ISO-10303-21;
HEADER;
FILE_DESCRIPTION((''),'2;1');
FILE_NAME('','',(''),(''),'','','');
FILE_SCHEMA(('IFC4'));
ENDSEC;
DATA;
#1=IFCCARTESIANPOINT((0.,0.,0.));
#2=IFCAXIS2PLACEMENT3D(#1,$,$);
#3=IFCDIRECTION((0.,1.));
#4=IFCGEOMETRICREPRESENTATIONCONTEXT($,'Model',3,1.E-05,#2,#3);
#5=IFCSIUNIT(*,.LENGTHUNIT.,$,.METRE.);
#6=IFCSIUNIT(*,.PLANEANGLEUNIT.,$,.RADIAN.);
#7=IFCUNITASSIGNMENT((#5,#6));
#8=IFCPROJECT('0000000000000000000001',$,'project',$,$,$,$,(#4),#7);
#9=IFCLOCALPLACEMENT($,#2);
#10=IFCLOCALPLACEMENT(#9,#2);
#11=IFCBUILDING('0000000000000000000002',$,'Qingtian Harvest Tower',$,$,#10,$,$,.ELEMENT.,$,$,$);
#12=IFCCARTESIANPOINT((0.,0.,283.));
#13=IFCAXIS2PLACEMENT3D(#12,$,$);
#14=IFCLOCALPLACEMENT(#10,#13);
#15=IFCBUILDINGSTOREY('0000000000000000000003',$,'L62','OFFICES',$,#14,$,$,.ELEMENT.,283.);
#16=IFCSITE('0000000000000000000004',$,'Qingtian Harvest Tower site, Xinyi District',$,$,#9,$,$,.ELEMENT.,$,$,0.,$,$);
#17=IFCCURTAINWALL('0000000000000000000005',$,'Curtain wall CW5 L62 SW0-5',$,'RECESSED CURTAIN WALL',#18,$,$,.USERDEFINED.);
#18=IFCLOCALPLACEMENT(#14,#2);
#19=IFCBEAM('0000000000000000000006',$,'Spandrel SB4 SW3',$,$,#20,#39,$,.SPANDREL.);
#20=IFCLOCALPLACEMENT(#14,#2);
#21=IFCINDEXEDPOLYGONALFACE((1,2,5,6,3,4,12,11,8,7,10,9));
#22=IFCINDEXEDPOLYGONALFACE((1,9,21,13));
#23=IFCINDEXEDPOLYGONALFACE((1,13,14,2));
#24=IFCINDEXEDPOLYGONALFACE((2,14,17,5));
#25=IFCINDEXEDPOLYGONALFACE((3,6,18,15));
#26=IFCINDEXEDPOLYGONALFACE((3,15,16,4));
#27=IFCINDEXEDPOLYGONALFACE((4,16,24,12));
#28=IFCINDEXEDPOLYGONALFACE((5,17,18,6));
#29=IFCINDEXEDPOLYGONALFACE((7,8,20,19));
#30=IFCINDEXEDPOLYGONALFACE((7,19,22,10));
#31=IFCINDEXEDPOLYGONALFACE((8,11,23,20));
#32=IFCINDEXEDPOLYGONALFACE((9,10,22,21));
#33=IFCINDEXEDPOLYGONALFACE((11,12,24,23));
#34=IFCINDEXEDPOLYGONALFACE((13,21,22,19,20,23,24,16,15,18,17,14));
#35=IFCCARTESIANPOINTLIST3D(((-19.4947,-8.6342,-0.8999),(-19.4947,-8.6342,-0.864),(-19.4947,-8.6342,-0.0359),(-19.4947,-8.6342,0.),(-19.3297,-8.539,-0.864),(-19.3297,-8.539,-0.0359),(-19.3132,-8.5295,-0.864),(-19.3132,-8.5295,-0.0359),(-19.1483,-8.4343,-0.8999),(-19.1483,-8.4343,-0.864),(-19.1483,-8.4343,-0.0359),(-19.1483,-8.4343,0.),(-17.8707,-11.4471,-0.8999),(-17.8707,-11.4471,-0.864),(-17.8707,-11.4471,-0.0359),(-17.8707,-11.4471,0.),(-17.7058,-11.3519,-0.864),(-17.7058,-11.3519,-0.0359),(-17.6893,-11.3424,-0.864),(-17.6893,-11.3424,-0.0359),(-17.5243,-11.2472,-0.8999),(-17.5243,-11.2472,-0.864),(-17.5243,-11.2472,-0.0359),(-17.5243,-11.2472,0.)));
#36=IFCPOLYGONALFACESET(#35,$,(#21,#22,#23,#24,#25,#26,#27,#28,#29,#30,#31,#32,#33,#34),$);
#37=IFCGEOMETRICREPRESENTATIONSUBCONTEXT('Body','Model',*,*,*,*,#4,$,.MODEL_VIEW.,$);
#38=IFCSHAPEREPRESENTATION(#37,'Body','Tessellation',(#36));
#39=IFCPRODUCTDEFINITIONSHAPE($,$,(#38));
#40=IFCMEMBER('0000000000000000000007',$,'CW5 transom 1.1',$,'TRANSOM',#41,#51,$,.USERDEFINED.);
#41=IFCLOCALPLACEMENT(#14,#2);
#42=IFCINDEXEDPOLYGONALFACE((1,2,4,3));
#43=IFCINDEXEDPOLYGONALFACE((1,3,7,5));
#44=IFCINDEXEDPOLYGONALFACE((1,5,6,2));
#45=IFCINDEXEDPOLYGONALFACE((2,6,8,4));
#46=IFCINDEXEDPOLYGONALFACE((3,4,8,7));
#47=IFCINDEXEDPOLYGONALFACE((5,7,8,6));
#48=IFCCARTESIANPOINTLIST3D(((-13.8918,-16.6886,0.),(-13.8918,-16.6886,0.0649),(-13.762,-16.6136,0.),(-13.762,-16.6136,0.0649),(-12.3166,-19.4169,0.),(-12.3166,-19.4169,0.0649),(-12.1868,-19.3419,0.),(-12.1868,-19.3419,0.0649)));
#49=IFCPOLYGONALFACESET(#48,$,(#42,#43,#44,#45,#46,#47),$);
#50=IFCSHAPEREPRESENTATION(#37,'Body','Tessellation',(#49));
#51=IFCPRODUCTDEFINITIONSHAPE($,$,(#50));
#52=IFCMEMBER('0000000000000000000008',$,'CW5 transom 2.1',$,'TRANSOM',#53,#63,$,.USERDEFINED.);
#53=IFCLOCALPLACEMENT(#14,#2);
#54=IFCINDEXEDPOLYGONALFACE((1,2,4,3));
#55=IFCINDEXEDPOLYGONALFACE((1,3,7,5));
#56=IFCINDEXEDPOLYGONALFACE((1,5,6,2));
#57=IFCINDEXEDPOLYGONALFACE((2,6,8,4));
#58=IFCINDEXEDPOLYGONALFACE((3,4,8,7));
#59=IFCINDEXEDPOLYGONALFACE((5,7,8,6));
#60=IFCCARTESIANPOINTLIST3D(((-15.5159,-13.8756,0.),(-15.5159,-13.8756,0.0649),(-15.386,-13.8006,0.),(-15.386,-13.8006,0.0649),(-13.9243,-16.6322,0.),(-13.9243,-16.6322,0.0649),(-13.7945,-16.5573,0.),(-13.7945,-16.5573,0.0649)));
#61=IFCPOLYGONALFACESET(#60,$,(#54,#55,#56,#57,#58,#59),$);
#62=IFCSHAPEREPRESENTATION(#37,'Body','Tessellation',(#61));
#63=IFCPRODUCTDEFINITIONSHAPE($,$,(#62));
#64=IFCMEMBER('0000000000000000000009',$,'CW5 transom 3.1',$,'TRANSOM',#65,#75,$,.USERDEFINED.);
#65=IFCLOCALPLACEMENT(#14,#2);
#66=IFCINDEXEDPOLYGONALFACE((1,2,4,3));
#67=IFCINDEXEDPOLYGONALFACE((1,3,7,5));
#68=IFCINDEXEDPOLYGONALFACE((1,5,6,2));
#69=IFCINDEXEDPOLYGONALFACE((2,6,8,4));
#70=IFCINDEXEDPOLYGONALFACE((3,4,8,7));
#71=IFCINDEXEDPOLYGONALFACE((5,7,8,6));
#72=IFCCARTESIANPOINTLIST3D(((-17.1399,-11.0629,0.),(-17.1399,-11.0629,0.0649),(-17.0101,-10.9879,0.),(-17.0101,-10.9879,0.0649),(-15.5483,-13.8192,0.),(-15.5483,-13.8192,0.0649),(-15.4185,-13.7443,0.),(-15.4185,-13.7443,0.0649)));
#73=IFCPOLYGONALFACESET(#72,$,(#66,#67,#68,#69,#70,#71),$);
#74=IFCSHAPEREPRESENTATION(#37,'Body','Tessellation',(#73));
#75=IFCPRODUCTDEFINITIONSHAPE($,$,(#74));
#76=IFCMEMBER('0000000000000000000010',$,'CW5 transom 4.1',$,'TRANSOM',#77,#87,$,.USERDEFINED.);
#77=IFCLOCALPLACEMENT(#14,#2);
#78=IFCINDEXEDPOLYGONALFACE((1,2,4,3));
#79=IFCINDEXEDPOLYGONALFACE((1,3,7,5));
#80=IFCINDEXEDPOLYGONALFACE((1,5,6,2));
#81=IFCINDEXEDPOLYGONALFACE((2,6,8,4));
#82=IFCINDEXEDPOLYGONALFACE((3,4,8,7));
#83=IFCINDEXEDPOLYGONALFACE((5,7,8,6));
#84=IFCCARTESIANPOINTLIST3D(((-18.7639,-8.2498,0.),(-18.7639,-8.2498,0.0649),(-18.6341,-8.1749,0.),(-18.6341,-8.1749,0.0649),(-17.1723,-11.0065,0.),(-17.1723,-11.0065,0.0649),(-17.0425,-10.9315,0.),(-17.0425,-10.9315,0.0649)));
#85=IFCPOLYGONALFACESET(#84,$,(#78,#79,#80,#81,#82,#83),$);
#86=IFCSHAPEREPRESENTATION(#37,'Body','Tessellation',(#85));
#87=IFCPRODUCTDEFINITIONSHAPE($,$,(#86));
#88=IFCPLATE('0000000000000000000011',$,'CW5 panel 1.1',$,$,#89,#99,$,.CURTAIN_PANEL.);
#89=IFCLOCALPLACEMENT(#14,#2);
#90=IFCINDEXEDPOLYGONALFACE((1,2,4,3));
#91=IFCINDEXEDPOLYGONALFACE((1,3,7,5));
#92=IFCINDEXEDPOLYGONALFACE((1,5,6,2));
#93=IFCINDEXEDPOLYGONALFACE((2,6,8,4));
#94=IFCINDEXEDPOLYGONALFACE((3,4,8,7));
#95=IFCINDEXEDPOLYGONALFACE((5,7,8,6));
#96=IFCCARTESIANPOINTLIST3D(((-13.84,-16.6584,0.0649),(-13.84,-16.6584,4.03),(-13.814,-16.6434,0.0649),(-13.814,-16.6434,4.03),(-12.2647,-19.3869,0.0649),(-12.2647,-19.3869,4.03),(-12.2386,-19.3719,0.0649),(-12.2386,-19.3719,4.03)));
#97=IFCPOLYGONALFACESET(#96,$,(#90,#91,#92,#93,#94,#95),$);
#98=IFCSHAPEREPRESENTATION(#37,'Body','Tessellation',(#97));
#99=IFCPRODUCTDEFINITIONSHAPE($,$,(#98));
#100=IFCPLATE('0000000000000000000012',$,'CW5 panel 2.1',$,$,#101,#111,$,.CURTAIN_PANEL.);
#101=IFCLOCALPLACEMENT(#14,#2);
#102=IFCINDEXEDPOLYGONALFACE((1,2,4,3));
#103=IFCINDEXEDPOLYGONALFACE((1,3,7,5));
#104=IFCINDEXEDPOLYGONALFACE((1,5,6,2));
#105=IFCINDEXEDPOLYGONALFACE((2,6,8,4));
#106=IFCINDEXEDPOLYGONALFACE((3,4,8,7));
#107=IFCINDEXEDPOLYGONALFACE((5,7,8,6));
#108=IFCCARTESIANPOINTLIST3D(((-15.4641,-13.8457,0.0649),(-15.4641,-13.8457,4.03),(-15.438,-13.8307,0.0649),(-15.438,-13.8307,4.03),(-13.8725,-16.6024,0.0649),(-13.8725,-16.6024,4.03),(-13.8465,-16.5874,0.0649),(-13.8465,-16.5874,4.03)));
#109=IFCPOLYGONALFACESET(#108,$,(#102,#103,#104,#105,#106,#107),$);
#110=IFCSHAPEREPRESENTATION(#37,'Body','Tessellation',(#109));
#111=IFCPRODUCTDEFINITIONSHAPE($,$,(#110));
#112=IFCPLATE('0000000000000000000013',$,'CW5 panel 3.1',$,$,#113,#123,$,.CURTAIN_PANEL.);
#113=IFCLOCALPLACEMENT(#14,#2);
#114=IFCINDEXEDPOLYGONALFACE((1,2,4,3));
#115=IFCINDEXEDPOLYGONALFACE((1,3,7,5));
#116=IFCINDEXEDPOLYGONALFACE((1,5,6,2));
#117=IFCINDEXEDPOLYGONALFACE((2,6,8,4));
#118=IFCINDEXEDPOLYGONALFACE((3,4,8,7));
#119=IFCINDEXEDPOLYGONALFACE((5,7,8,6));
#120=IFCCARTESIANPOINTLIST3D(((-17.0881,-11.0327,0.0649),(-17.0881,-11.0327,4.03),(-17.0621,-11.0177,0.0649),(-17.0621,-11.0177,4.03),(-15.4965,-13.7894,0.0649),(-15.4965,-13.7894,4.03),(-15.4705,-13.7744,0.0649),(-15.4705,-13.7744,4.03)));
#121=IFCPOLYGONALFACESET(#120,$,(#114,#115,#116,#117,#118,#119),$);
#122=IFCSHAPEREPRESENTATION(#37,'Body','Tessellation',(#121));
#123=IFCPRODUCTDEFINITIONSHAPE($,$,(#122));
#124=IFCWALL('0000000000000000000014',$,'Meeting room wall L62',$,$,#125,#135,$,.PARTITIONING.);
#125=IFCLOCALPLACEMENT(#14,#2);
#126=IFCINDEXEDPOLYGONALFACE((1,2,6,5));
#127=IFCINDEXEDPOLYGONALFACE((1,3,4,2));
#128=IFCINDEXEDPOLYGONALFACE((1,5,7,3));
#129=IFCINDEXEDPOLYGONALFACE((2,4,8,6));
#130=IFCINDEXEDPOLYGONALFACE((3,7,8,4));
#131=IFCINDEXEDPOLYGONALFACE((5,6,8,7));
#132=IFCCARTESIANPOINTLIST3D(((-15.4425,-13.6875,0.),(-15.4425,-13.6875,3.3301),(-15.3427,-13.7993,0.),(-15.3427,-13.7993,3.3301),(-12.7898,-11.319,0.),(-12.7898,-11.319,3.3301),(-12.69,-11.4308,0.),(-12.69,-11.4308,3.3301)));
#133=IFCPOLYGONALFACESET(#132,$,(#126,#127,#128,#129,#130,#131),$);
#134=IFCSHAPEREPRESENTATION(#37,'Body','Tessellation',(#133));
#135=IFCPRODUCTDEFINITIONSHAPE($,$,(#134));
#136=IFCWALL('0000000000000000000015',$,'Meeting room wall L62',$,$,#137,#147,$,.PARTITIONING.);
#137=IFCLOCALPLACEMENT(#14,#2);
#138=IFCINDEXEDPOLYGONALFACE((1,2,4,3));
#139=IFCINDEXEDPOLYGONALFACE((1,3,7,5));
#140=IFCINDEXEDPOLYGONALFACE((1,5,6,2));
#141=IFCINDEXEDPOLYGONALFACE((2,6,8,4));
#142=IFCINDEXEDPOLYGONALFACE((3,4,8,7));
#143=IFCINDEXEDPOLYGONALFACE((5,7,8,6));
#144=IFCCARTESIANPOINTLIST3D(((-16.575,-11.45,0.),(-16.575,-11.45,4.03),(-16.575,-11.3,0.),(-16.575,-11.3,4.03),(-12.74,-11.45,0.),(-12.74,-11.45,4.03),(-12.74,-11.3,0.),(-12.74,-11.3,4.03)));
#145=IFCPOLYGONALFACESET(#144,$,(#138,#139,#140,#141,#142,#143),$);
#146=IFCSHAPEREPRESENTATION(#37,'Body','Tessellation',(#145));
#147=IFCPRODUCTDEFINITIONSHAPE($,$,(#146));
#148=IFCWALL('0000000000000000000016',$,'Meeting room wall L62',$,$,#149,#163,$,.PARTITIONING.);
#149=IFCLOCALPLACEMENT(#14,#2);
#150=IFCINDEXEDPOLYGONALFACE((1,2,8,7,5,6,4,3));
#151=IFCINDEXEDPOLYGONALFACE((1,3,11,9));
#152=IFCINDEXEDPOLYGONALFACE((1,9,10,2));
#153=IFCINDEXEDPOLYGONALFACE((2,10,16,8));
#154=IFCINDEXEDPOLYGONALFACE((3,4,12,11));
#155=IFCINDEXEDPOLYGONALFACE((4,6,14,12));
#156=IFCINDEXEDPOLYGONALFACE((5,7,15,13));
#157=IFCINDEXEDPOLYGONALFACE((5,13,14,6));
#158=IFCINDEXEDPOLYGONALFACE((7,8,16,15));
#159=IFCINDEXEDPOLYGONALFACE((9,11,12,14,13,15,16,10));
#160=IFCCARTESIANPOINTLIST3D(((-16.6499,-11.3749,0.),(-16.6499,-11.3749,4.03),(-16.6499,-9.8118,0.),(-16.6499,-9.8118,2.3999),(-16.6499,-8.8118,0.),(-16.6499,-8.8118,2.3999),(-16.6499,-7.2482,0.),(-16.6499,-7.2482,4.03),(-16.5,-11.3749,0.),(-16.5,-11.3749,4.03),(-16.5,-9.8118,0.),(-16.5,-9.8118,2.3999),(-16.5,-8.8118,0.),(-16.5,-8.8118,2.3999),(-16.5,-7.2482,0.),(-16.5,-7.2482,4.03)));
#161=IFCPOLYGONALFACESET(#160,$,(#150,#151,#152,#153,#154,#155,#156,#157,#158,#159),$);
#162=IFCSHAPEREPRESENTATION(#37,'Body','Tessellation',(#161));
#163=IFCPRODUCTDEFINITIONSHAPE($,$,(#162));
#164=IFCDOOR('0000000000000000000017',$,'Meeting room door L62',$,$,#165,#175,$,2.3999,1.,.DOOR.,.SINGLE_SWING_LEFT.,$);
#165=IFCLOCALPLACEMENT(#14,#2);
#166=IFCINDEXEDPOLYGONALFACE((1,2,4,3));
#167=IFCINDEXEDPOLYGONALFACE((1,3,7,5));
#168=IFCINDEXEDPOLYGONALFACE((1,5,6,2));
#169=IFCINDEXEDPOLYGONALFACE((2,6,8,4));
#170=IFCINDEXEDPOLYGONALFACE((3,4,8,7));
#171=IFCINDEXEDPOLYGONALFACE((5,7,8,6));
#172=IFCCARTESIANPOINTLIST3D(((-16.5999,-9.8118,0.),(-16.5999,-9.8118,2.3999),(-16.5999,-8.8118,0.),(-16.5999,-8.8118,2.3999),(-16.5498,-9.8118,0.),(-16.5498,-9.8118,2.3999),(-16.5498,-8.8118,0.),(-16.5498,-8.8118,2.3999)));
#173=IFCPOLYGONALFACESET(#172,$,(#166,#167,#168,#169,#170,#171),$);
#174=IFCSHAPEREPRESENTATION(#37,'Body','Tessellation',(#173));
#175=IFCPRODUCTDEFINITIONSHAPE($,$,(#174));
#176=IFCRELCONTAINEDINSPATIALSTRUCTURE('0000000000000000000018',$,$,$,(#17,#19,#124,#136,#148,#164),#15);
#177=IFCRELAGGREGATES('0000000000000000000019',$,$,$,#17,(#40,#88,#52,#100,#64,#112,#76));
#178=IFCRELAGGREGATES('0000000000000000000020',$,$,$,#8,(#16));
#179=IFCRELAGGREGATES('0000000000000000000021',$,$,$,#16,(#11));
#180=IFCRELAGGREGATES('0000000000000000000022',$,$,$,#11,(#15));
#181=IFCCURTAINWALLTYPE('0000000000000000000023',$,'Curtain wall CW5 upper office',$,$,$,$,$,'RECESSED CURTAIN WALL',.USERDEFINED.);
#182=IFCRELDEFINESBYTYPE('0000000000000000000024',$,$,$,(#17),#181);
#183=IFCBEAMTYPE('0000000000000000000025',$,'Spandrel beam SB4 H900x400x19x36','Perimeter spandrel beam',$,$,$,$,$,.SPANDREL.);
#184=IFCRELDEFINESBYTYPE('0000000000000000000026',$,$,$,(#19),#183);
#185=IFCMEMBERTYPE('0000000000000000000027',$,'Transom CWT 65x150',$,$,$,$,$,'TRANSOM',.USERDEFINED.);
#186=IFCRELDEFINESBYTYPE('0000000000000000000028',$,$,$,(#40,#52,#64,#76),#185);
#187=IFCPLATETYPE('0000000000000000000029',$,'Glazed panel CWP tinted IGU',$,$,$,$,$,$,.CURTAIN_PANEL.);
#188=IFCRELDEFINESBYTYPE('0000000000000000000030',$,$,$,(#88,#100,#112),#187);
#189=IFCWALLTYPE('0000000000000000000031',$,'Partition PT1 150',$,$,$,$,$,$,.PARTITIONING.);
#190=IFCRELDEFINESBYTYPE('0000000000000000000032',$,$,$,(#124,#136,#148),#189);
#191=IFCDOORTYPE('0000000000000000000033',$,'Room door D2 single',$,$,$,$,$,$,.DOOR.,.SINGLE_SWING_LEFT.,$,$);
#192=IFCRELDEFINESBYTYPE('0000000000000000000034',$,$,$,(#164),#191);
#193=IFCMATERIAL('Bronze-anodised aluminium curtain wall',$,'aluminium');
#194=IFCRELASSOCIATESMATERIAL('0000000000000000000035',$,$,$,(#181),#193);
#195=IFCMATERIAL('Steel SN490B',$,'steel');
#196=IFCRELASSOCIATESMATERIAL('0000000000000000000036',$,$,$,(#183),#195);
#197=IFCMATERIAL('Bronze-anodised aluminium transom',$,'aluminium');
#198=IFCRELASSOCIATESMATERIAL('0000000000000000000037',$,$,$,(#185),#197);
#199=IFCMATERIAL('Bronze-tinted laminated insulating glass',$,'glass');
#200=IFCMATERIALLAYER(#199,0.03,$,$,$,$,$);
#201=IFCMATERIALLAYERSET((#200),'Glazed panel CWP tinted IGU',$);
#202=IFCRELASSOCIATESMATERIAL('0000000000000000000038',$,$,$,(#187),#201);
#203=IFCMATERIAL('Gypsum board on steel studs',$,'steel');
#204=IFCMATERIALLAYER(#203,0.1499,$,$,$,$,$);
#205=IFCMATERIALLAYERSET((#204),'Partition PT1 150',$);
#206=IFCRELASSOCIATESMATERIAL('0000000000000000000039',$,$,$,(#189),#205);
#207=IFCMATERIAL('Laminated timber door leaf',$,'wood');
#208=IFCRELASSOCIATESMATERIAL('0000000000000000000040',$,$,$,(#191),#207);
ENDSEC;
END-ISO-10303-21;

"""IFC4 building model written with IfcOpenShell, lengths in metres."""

from ifc_helpers import new_model, si_unit, direction, frame, frame_2d, origin, origin_2d, place, context, subcontext, project, spatial, rectangle, i_section, extrude, material, layer, layer_set, material_profile, profile_set, type_object, element, fill, aggregate, save


model = new_model("IFC4")

# Units and contexts
model_context = context("Model", 3, precision=1e-05, world=origin(), true_north=direction((0.0, 1.0)))
body_context = subcontext(model_context, "Body", "Model", "MODEL_VIEW")
ifc_project = project(units=[si_unit("LENGTHUNIT", "METRE"), si_unit("PLANEANGLEUNIT", "RADIAN")], contexts=[model_context])

# Site, building, storey
site_placement = place(None, origin())
site = spatial("IfcSite", under=ifc_project, at=site_placement, Name="Qingtian Harvest Tower site, Xinyi District", CompositionType="ELEMENT", RefElevation=0.0)
building_placement = place(site_placement, origin())
building = spatial("IfcBuilding", under=site, at=building_placement, Name="Qingtian Harvest Tower", CompositionType="ELEMENT")
storey_placement = place(building_placement, frame((0.0, 0.0, 283.0)))
storey = spatial("IfcBuildingStorey", under=building, at=storey_placement, Name="L62", Description="OFFICES", CompositionType="ELEMENT", Elevation=283.0)

# Curtain wall
ifc_material_1 = material(Name="Bronze-anodised aluminium curtain wall", Category="aluminium")
curtain_wall_type = type_object("IfcCurtainWallType", Name="Curtain wall CW5 upper office", ElementType="RECESSED CURTAIN WALL", PredefinedType="USERDEFINED", material=ifc_material_1)
curtain_wall_placement = place(storey_placement, origin())
curtain_wall = element("IfcCurtainWall", 1, at=curtain_wall_placement, inside=storey, type_object=curtain_wall_type, Name="Curtain wall CW5 L62 SW0-5", ObjectType="RECESSED CURTAIN WALL", PredefinedType="USERDEFINED")

# Beam
ifc_material_2 = material(Name="Steel SN490B", Category="steel")
ifc_material_profile_1 = material_profile(ifc_material_2, i_section(OverallWidth=0.3999, OverallDepth=0.8999, WebThickness=0.019, FlangeThickness=0.0359, at=origin_2d()), Name="H900x400x19x36")
ifc_profile_set_1 = profile_set([ifc_material_profile_1], Name="Steel SN490B")
beam_type_1 = type_object("IfcBeamType", Name="Spandrel beam SB4 H900x400x19x36", Description="Perimeter spandrel beam", PredefinedType="SPANDREL", material=ifc_profile_set_1)
beam_1_placement = place(storey_placement, frame((-17.6975, -11.3472, -0.45), z_axis=(-0.499987, 0.866033, 0.0), x_axis=(-0.866033, -0.499987, 0.0)))
element("IfcBeam", 2, at=beam_1_placement, inside=storey, type_object=beam_type_1, Name="Spandrel SB4 SW3", PredefinedType="SPANDREL", context=body_context, shape_type="SweptSolid", body=[
    extrude(i_section(OverallWidth=0.3999, OverallDepth=0.8999, WebThickness=0.019, FlangeThickness=0.0359, at=origin_2d()), origin(), (0.0, 0.0, 1.0), 3.248),
])

# Members
ifc_material_3 = material(Name="Bronze-anodised aluminium transom", Category="aluminium")
ifc_material_profile_2 = material_profile(ifc_material_3, rectangle(XDim=0.1499, YDim=0.0649, at=origin_2d()), Name="AL 65x150")
ifc_profile_set_2 = profile_set([ifc_material_profile_2], Name="Bronze-anodised aluminium transom")
member_type_1 = type_object("IfcMemberType", Name="Transom CWT 65x150", ElementType="TRANSOM", PredefinedType="USERDEFINED", material=ifc_profile_set_2)
member_1_placement = place(storey_placement, frame((-12.2517, -19.3794, 0.0325), z_axis=(-0.500006, 0.866022, 0.0), x_axis=(-0.866022, -0.500006, 0.0)))
member_1 = element("IfcMember", 3, at=member_1_placement, type_object=member_type_1, Name="CW5 transom 1.1", ObjectType="TRANSOM", PredefinedType="USERDEFINED", context=body_context, shape_type="SweptSolid", body=[
    extrude(rectangle(XDim=0.1499, YDim=0.0649, at=origin_2d()), origin(), (0.0, 0.0, 1.0), 3.1504),
])
member_2_placement = place(storey_placement, frame((-13.8594, -16.5947, 0.0325), z_axis=(-0.500008, 0.866021, 0.0), x_axis=(-0.866021, -0.500008, 0.0)))
member_2 = element("IfcMember", 4, at=member_2_placement, type_object=member_type_1, Name="CW5 transom 2.1", ObjectType="TRANSOM", PredefinedType="USERDEFINED", context=body_context, shape_type="SweptSolid", body=[
    extrude(rectangle(XDim=0.1499, YDim=0.0649, at=origin_2d()), origin(), (0.0, 0.0, 1.0), 3.1831),
])
member_3_placement = place(storey_placement, frame((-15.4834, -13.7817, 0.0325), z_axis=(-0.500041, 0.866002, 0.0), x_axis=(-0.866002, -0.500041, 0.0)))
member_3 = element("IfcMember", 5, at=member_3_placement, type_object=member_type_1, Name="CW5 transom 3.1", ObjectType="TRANSOM", PredefinedType="USERDEFINED", context=body_context, shape_type="SweptSolid", body=[
    extrude(rectangle(XDim=0.1499, YDim=0.0649, at=origin_2d()), origin(), (0.0, 0.0, 1.0), 3.1829),
])
member_4_placement = place(storey_placement, frame((-17.1074, -10.969, 0.0325), z_axis=(-0.500008, 0.866021, 0.0), x_axis=(-0.866021, -0.500008, 0.0)))
member_4 = element("IfcMember", 6, at=member_4_placement, type_object=member_type_1, Name="CW5 transom 4.1", ObjectType="TRANSOM", PredefinedType="USERDEFINED", context=body_context, shape_type="SweptSolid", body=[
    extrude(rectangle(XDim=0.1499, YDim=0.0649, at=origin_2d()), origin(), (0.0, 0.0, 1.0), 3.1831),
])

# Plates
ifc_material_4 = material(Name="Bronze-tinted laminated insulating glass", Category="glass")
ifc_layer_1 = layer(ifc_material_4, 0.03)
ifc_layer_set_1 = layer_set([ifc_layer_1], Name="Glazed panel CWP tinted IGU")
plate_type = type_object("IfcPlateType", Name="Glazed panel CWP tinted IGU", PredefinedType="CURTAIN_PANEL", material=ifc_layer_set_1)
plate_1_placement = place(storey_placement, frame((-13.0393, -18.0151, 0.0649), z_axis=(0.0, 0.0, 1.0), x_axis=(-0.5, 0.866025, 0.0)))
plate_1 = element("IfcPlate", 7, at=plate_1_placement, type_object=plate_type, Name="CW5 panel 1.1", PredefinedType="CURTAIN_PANEL", context=body_context, shape_type="SweptSolid", body=[
    extrude(rectangle(XDim=3.1506, YDim=0.03, at=origin_2d()), origin(), (0.0, 0.0, 1.0), 3.9651),
])
plate_2_placement = place(storey_placement, frame((-14.6553, -15.2166, 0.0649), z_axis=(0.0, 0.0, 1.0), x_axis=(-0.5, 0.866025, 0.0)))
plate_2 = element("IfcPlate", 8, at=plate_2_placement, type_object=plate_type, Name="CW5 panel 2.1", PredefinedType="CURTAIN_PANEL", context=body_context, shape_type="SweptSolid", body=[
    extrude(rectangle(XDim=3.1831, YDim=0.03, at=origin_2d()), origin(), (0.0, 0.0, 1.0), 3.9651),
])
plate_3_placement = place(storey_placement, frame((-16.2793, -12.4036, 0.0649), z_axis=(0.0, 0.0, 1.0), x_axis=(-0.5, 0.866025, 0.0)))
plate_3 = element("IfcPlate", 9, at=plate_3_placement, type_object=plate_type, Name="CW5 panel 3.1", PredefinedType="CURTAIN_PANEL", context=body_context, shape_type="SweptSolid", body=[
    extrude(rectangle(XDim=3.1831, YDim=0.03, at=origin_2d()), origin(), (0.0, 0.0, 1.0), 3.9651),
])
aggregate(curtain_wall, [member_1, plate_1, member_2, plate_2, member_3, plate_3, member_4])

# Walls
ifc_material_5 = material(Name="Gypsum board on steel studs", Category="steel")
ifc_layer_2 = layer(ifc_material_5, 0.1499)
ifc_layer_set_2 = layer_set([ifc_layer_2], Name="Partition PT1 150")
wall_type = type_object("IfcWallType", Name="Partition PT1 150", PredefinedType="PARTITIONING", material=ifc_layer_set_2)
wall_1_placement = place(storey_placement, frame((-15.3926, -13.7434, 0.0), z_axis=(0.0, 0.0, 1.0), x_axis=(0.745934, 0.66602, 0.0)))
element("IfcWall", 10, at=wall_1_placement, inside=storey, type_object=wall_type, Name="Meeting room wall L62", PredefinedType="PARTITIONING", context=body_context, shape_type="SweptSolid", body=[
    extrude(rectangle(XDim=3.5562, YDim=0.1499, at=frame_2d((1.7781, 0.0))), origin(), (0.0, 0.0, 1.0), 3.3301),
])
wall_2_placement = place(storey_placement, frame((-12.74, -11.375, 0.0), z_axis=(0.0, 0.0, 1.0), x_axis=(-1.0, 0.0, 0.0)))
element("IfcWall", 11, at=wall_2_placement, inside=storey, type_object=wall_type, Name="Meeting room wall L62", PredefinedType="PARTITIONING", context=body_context, shape_type="SweptSolid", body=[
    extrude(rectangle(XDim=3.835, YDim=0.1499, at=frame_2d((1.9175, 0.0))), origin(), (0.0, 0.0, 1.0), 4.03),
])

# Wall, opening, door
wall_3_placement = place(storey_placement, frame((-16.575, -11.375, 0.0), z_axis=(0.0, 0.0, 1.0), x_axis=(0.0, 1.0, 0.0)))
wall_3 = element("IfcWall", 12, at=wall_3_placement, inside=storey, type_object=wall_type, Name="Meeting room wall L62", PredefinedType="PARTITIONING", context=body_context, shape_type="SweptSolid", body=[
    extrude(rectangle(XDim=4.1267, YDim=0.1499, at=frame_2d((2.0635, 0.0))), origin(), (0.0, 0.0, 1.0), 4.03),
])
opening_placement = place(wall_3_placement, frame((1.5632, 0.0, 0.0)))
opening = element("IfcOpeningElement", 13, at=opening_placement, cuts=wall_3, PredefinedType="OPENING", context=body_context, shape_type="SweptSolid", body=[
    extrude(rectangle(XDim=1.0, YDim=2.3999, at=frame_2d((0.5, 1.2))), frame((0.0, 0.085, 0.0), z_axis=(0.0, -1.0, 0.0), x_axis=(1.0, 0.0, 0.0)), (0.0, 0.0, 1.0), 0.1699),
])
ifc_material_6 = material(Name="Laminated timber door leaf", Category="wood")
door_type = type_object("IfcDoorType", Name="Room door D2 single", OperationType="SINGLE_SWING_LEFT", PredefinedType="DOOR", material=ifc_material_6)
door_placement = place(opening_placement, origin())
door = element("IfcDoor", 14, at=door_placement, inside=storey, type_object=door_type, Name="Meeting room door L62", OperationType="SINGLE_SWING_LEFT", OverallHeight=2.3999, OverallWidth=1.0, PredefinedType="DOOR", context=body_context, shape_type="SweptSolid", body=[
    extrude(rectangle(XDim=1.0, YDim=2.3999, at=frame_2d((0.5, 1.2))), frame((0.0, 0.0249, 0.0), z_axis=(0.0, -1.0, 0.0), x_axis=(1.0, 0.0, 0.0)), (0.0, 0.0, 1.0), 0.05),
])
fill(opening, door)

save(model, "model.ifc")
